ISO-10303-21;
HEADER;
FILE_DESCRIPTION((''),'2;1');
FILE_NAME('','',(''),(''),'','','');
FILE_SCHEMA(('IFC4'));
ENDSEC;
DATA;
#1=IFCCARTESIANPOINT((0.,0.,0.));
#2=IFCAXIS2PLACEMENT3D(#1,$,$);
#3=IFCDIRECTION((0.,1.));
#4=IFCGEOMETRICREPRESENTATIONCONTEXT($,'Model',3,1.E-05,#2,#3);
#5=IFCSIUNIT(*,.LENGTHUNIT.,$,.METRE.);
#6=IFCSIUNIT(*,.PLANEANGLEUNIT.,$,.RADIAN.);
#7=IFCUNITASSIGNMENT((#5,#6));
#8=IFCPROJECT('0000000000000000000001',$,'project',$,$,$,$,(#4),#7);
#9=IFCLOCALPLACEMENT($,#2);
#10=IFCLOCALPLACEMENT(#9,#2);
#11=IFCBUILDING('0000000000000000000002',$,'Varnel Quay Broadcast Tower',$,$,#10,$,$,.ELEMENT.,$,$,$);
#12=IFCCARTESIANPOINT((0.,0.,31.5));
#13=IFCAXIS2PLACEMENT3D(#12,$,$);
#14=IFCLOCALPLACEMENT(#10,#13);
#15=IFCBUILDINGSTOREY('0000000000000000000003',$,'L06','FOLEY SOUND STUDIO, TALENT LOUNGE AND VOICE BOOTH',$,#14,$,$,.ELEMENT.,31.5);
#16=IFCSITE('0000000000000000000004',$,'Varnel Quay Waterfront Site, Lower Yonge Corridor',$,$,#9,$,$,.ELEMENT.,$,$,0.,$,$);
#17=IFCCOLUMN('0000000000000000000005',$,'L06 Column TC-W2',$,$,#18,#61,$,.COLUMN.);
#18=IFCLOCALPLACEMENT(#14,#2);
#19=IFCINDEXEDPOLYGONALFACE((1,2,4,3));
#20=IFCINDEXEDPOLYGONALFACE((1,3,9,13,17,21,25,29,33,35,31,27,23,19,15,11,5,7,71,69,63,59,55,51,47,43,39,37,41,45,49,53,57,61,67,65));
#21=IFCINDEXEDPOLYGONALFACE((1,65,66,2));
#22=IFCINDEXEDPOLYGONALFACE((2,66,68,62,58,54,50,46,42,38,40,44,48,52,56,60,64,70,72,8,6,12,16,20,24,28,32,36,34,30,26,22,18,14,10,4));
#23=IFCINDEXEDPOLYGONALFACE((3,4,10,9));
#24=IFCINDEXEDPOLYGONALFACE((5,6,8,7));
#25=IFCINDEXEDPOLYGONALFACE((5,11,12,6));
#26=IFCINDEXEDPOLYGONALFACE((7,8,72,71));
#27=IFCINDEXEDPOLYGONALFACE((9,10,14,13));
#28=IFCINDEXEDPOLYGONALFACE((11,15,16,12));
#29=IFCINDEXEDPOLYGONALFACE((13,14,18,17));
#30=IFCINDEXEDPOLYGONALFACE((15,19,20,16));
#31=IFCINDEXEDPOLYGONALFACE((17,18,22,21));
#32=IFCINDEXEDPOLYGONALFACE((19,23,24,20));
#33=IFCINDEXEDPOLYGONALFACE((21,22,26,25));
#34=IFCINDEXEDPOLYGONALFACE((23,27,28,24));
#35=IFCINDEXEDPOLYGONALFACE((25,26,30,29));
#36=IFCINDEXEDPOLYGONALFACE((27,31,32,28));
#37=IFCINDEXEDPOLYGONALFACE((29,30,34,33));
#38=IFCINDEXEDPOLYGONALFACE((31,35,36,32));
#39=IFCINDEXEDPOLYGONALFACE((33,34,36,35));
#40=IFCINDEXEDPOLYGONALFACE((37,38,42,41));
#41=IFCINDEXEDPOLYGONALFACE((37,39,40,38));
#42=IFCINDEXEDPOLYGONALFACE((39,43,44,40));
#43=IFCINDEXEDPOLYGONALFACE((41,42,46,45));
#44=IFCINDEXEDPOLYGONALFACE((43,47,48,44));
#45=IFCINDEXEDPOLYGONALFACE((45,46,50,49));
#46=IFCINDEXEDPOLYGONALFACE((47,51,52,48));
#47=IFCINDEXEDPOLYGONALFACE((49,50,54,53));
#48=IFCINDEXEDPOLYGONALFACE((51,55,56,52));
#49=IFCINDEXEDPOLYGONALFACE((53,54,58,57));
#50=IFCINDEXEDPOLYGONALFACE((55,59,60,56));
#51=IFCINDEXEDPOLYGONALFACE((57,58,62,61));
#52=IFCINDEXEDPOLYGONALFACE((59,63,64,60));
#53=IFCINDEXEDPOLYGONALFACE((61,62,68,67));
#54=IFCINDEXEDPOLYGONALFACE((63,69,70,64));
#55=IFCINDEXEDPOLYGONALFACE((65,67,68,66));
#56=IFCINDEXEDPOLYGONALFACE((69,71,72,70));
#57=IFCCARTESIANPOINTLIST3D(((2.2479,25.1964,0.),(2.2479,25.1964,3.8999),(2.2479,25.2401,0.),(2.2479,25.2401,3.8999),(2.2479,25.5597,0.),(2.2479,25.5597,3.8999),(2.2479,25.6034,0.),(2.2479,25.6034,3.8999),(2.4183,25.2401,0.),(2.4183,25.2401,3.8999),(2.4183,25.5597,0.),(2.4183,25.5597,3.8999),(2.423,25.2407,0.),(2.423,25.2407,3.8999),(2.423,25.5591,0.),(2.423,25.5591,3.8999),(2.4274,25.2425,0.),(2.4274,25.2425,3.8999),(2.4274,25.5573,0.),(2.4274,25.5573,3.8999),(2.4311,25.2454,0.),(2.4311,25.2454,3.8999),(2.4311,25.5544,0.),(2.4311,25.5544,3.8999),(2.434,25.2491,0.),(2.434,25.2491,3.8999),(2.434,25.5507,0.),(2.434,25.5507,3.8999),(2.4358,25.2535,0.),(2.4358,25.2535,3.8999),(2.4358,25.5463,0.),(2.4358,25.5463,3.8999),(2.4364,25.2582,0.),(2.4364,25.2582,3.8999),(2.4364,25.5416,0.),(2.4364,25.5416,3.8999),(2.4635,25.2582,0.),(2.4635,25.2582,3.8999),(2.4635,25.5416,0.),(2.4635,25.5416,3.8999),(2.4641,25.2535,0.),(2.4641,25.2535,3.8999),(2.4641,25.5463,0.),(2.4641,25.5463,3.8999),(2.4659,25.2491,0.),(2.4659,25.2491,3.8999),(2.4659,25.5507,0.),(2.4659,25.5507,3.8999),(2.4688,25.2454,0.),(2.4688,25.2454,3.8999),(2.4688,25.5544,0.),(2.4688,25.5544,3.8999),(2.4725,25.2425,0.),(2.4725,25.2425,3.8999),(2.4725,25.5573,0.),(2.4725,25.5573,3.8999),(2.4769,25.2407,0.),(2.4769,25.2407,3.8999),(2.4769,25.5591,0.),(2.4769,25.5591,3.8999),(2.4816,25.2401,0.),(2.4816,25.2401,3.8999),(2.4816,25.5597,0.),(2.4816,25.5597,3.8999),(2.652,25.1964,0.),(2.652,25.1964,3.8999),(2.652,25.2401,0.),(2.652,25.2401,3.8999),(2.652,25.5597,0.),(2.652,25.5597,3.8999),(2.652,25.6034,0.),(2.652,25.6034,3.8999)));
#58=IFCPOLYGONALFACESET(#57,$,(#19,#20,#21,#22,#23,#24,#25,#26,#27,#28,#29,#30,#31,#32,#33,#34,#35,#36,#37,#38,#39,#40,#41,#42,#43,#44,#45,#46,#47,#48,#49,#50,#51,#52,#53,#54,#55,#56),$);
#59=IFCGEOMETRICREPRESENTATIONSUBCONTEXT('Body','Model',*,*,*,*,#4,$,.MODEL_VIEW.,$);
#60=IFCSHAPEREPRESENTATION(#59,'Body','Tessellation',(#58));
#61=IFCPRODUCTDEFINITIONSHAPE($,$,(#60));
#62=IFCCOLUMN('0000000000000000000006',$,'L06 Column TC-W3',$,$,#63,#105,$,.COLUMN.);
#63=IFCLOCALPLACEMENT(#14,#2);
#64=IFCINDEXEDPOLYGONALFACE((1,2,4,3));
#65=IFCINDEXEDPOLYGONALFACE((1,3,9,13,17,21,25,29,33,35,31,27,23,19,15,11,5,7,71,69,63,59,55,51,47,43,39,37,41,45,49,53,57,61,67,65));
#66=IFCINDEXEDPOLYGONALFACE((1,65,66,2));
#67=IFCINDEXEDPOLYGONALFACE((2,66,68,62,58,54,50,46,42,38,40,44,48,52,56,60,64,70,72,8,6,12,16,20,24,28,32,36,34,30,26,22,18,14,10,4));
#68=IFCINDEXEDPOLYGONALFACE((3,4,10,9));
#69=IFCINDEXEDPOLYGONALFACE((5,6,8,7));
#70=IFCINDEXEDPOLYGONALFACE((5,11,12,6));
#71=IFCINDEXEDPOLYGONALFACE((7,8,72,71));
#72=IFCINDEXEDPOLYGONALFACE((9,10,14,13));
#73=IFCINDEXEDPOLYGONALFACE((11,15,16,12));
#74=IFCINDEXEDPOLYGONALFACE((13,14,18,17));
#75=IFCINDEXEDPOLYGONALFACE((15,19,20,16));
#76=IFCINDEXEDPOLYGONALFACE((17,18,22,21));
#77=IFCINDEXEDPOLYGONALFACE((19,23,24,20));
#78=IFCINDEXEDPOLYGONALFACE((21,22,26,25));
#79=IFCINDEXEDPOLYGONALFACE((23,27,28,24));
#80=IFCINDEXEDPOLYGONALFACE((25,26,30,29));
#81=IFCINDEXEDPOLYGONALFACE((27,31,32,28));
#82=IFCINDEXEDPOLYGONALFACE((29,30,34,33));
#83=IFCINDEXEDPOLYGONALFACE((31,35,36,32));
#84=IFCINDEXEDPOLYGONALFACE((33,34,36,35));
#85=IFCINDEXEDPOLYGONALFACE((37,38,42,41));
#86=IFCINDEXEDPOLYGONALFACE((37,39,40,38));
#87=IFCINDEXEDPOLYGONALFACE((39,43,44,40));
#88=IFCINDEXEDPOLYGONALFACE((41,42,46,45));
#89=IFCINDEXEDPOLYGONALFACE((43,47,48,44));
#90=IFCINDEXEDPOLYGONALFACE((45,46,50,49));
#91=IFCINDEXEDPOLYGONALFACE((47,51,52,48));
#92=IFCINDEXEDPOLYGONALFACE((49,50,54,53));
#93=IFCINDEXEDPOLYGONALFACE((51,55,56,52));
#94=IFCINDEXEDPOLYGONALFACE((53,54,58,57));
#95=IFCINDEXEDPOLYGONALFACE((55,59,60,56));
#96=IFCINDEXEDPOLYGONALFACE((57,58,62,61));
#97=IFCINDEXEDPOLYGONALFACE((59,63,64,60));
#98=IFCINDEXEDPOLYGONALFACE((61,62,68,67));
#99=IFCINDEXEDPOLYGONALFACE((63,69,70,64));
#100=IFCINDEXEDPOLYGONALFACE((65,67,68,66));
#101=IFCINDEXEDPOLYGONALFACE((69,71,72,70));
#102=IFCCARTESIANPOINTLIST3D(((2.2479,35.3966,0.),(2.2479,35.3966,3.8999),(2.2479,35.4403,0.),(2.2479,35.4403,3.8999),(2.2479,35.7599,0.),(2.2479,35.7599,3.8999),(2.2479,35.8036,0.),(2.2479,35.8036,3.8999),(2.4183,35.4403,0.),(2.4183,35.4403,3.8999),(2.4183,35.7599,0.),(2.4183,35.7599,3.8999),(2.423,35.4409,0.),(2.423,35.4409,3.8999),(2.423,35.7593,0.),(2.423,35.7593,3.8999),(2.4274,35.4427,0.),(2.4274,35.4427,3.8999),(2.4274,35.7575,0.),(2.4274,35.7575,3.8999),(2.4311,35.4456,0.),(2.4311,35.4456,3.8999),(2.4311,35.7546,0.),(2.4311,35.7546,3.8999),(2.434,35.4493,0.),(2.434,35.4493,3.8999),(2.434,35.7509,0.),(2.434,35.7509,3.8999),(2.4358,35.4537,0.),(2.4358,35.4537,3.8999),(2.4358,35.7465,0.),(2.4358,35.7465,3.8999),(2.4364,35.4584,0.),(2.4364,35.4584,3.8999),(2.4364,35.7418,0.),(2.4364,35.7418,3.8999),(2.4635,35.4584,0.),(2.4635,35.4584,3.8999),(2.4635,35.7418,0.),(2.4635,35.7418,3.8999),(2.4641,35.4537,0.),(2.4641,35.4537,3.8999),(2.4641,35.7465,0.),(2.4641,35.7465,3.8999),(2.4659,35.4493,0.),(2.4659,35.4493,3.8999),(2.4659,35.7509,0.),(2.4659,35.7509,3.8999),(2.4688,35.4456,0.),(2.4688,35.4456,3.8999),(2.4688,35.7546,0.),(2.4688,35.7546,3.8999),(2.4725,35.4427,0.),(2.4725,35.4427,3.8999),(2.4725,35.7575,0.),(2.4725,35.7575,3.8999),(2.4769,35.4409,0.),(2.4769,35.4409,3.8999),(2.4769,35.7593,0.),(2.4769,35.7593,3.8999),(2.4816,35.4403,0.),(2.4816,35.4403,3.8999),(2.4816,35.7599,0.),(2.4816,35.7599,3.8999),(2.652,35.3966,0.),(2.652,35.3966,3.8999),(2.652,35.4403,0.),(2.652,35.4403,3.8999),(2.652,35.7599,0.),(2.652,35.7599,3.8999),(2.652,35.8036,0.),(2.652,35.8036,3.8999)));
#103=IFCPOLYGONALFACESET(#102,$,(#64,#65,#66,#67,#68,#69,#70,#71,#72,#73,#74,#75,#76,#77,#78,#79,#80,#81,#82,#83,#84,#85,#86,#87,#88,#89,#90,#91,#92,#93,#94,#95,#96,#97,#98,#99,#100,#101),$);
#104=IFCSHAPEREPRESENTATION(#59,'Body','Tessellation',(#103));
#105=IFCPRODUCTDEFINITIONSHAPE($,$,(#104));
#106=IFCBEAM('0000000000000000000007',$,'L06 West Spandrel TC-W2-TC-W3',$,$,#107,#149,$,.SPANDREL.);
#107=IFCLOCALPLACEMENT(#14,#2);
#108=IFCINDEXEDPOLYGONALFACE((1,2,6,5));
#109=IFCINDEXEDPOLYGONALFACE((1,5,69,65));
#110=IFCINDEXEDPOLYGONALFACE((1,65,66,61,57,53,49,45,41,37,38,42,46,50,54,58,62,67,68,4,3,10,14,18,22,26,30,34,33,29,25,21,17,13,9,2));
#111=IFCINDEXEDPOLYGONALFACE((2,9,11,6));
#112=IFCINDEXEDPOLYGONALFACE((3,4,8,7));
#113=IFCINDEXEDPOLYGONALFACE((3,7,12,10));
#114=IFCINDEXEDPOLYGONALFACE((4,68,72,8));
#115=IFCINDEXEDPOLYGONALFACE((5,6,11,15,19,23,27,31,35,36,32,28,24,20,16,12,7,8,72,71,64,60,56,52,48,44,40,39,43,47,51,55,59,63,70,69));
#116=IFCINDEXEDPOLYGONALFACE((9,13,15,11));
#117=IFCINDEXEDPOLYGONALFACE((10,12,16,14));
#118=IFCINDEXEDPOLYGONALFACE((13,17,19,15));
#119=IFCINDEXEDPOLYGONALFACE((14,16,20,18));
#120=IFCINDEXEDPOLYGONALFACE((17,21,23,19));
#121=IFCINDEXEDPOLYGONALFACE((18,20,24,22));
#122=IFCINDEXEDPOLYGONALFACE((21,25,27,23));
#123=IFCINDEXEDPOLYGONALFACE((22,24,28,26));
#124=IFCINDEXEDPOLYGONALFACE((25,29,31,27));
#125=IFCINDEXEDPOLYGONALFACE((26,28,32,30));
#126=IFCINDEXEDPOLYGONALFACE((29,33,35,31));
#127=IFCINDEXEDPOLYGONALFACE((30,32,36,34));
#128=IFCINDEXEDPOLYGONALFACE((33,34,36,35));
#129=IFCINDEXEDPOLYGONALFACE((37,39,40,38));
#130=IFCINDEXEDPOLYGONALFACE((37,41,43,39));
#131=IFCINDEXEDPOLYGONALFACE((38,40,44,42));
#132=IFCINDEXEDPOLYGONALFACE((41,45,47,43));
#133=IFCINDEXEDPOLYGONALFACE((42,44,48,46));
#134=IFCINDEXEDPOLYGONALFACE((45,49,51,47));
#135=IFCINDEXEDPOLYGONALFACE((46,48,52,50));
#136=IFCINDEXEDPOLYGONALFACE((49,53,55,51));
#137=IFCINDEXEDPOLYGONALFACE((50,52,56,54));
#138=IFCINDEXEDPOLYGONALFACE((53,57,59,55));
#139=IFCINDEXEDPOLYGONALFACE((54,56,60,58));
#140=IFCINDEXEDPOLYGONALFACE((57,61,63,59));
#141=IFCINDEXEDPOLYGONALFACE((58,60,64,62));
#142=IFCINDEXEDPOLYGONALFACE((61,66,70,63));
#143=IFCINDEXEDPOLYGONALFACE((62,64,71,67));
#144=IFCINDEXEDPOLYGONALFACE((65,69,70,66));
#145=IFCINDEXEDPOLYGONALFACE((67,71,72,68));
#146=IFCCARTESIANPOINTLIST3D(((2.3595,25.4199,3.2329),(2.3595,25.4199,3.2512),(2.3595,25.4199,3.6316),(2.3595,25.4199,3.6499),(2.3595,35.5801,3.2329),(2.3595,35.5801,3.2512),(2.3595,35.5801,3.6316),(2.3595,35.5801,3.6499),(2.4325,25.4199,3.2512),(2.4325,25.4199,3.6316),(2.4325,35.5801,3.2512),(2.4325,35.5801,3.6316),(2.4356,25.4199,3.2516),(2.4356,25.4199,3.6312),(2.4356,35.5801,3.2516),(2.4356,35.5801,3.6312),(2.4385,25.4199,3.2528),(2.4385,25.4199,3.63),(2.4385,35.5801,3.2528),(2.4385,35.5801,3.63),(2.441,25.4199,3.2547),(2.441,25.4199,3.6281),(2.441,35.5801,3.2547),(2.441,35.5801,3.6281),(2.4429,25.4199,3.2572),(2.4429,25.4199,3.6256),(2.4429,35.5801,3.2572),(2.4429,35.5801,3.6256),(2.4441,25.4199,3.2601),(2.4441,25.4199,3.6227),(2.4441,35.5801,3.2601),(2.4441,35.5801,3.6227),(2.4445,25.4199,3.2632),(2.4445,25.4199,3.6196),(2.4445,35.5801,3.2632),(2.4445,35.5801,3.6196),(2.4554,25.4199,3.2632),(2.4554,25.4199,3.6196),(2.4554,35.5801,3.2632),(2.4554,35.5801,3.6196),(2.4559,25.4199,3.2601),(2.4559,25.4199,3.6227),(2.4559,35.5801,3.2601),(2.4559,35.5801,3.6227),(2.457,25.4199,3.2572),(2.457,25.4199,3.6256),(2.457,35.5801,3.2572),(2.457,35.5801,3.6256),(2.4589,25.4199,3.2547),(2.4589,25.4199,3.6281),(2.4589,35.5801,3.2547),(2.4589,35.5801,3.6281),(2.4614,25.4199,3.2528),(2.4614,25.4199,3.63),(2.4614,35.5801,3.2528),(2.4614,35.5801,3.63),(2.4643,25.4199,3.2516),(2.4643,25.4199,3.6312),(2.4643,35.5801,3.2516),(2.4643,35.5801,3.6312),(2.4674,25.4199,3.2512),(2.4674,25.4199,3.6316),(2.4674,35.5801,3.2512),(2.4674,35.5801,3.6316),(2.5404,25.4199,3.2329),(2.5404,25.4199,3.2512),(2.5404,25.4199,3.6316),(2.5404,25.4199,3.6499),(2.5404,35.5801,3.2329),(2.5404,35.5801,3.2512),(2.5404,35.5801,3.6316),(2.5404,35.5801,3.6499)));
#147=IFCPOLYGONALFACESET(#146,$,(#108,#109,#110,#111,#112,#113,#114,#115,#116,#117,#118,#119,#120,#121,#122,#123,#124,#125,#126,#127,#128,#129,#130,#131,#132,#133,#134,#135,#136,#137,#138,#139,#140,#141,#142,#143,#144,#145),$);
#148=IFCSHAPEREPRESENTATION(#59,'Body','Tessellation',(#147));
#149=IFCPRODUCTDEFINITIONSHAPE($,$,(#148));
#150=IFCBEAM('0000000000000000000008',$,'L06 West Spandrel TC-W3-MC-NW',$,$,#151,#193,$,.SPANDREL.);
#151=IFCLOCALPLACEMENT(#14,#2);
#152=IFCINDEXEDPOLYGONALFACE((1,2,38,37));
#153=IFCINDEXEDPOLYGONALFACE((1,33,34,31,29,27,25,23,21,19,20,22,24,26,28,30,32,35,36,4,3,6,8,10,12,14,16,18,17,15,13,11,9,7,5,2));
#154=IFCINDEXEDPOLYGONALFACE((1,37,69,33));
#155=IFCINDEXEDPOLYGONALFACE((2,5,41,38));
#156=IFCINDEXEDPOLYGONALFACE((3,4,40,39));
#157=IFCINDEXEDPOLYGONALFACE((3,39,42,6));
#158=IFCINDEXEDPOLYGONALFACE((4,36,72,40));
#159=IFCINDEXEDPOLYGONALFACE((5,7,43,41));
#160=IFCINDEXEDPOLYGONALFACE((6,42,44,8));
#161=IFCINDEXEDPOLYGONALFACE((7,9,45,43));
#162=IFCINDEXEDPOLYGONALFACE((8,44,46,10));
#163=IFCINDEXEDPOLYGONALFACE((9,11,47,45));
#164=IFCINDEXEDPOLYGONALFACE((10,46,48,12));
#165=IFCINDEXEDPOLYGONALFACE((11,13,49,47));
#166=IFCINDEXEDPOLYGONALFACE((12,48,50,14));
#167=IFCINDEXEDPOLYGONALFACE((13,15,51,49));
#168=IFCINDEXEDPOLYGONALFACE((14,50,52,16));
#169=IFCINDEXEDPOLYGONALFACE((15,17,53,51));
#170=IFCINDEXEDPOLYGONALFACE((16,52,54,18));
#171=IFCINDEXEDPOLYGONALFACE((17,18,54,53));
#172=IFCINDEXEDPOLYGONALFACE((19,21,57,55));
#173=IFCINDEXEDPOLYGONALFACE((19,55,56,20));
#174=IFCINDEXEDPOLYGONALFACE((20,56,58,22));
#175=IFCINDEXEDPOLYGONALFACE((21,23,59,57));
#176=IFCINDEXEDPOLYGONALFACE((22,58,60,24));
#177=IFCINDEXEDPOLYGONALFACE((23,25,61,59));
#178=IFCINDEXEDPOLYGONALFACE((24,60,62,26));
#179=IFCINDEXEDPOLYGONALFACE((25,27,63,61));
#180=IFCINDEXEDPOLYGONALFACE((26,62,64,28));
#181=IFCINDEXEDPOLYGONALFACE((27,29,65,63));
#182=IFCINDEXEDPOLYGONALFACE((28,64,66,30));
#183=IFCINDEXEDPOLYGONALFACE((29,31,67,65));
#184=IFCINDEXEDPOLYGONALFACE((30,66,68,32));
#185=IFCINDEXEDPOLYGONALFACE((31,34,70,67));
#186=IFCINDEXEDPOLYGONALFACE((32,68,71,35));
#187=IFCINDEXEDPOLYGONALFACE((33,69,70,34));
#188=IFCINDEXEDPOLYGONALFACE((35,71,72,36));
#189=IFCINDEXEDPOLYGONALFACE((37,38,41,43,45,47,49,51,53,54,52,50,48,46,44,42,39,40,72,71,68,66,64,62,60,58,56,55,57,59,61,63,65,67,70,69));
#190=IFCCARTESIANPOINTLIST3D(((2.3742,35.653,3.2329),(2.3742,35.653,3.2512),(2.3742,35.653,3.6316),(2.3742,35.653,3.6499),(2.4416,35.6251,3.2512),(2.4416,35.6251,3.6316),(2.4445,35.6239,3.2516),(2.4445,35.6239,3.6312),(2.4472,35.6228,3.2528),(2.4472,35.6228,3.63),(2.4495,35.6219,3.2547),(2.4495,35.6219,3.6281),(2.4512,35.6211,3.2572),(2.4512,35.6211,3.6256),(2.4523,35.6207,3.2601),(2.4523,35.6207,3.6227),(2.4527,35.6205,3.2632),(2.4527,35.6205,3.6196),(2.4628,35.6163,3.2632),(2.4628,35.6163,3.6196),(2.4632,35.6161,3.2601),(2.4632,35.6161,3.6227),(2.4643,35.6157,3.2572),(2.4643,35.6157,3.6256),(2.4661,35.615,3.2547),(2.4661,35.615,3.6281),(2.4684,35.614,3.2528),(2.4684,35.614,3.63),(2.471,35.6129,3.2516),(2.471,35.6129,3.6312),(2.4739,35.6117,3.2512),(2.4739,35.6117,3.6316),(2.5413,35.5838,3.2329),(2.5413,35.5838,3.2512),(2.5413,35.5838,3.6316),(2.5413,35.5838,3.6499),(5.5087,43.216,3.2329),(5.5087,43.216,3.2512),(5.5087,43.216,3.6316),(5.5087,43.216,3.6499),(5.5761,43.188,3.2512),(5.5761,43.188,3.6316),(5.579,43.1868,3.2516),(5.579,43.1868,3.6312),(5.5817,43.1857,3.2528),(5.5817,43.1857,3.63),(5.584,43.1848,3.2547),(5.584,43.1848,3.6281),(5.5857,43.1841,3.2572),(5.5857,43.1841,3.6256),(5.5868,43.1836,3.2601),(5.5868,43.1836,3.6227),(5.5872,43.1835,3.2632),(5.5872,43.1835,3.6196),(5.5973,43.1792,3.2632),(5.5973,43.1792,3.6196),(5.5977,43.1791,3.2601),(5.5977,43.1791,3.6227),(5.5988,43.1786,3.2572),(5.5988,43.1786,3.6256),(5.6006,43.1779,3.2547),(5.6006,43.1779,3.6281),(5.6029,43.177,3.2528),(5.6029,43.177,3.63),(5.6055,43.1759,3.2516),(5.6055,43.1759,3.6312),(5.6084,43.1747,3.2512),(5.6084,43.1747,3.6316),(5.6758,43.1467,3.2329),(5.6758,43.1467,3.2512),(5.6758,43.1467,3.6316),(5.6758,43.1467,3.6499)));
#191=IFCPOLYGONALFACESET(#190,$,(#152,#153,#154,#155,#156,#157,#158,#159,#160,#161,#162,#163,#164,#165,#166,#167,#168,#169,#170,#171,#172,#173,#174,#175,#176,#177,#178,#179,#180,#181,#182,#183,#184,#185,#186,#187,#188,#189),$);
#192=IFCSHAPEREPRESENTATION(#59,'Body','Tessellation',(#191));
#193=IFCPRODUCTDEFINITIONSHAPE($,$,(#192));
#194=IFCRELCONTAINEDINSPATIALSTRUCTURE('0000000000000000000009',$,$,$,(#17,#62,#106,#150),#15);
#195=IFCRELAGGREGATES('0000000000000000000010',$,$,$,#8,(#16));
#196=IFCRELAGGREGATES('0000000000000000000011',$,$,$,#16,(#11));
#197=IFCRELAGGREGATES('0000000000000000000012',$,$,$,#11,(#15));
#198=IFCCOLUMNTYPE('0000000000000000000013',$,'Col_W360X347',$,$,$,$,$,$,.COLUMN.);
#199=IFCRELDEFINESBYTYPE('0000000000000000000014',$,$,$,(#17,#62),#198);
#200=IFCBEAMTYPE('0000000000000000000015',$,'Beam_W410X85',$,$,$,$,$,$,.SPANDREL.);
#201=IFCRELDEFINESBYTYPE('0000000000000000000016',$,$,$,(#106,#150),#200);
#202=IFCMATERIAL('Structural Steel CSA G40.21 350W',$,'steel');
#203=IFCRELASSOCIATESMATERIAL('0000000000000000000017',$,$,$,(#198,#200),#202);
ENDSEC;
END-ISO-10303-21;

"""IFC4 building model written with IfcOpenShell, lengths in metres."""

from ifc_helpers import new_model, si_unit, direction, frame, origin, origin_2d, place, context, subcontext, project, spatial, i_section, extrude, source, transform, mapped, material, material_profile, profile_set, type_object, type_shapes, element, save


model = new_model("IFC4")

# Units and contexts
model_context = context("Model", 3, precision=1e-05, world=origin(), true_north=direction((0.0, 1.0)))
body_context = subcontext(model_context, "Body", "Model", "MODEL_VIEW")
ifc_project = project(units=[si_unit("LENGTHUNIT", "METRE"), si_unit("PLANEANGLEUNIT", "RADIAN")], contexts=[model_context])

# Site, building, storey
site_placement = place(None, origin())
site = spatial("IfcSite", under=ifc_project, at=site_placement, Name="Varnel Quay Waterfront Site, Lower Yonge Corridor", CompositionType="ELEMENT", RefElevation=0.0)
building_placement = place(site_placement, origin())
building = spatial("IfcBuilding", under=site, at=building_placement, Name="Varnel Quay Broadcast Tower", CompositionType="ELEMENT")
storey_placement = place(building_placement, frame((0.0, 0.0, 31.5)))
storey = spatial("IfcBuildingStorey", under=building, at=storey_placement, Name="L06", Description="FOLEY SOUND STUDIO, TALENT LOUNGE AND VOICE BOOTH", CompositionType="ELEMENT", Elevation=31.5)

# Columns
ifc_material_1 = material(Name="Structural Steel CSA G40.21 350W", Category="steel")
ifc_material_profile_1 = material_profile(ifc_material_1, i_section(OverallWidth=0.4041, OverallDepth=0.407, WebThickness=0.0271, FlangeThickness=0.0437, FilletRadius=0.0181, at=origin_2d()), Name="W360X347")
ifc_profile_set_1 = profile_set([ifc_material_profile_1], Name="Structural Steel CSA G40.21 350W")
column_type = type_object("IfcColumnType", Name="Col_W360X347", PredefinedType="COLUMN", material=ifc_profile_set_1)
shared_shape_1 = source(origin(), body_context, "Body", "SweptSolid", [
    extrude(i_section(OverallWidth=0.4041, OverallDepth=0.407, WebThickness=0.0271, FlangeThickness=0.0437, FilletRadius=0.0181, at=origin_2d()), origin(), (0.0, 0.0, 1.0), 3.8999),
])
type_shapes(column_type, [shared_shape_1])
for number, where, z_axis, x_axis, name in (
    (1, (2.45, 25.3999, 0.0), (0.0, 0.0, 1.0), (1.0, 0.0, 0.0), "L06 Column TC-W2"),
    (2, (2.45, 35.6001, 0.0), (0.0, 0.0, 1.0), (1.0, 0.0, 0.0), "L06 Column TC-W3"),
):
    element("IfcColumn", number, at=place(storey_placement, frame(where, z_axis=z_axis, x_axis=x_axis)), inside=storey, type_object=column_type, Name=name, PredefinedType="COLUMN", context=body_context, shape_type="MappedRepresentation", body=[
        mapped(shared_shape_1, transform((0.0, 0.0, 0.0), x_axis=(1.0, 0.0, 0.0), y_axis=(0.0, 1.0, 0.0), z_axis=(0.0, 0.0, 1.0), scale=1.0)),
    ])

# Beams
ifc_material_profile_2 = material_profile(ifc_material_1, i_section(OverallWidth=0.1809, OverallDepth=0.417, WebThickness=0.011, FlangeThickness=0.0183, FilletRadius=0.012, at=origin_2d()), Name="W410X85")
ifc_profile_set_2 = profile_set([ifc_material_profile_2], Name="Structural Steel CSA G40.21 350W")
beam_type_1 = type_object("IfcBeamType", Name="Beam_W410X85", PredefinedType="SPANDREL", material=ifc_profile_set_2)
shared_shape_2 = source(origin(), body_context, "Body", "SweptSolid", [
    extrude(i_section(OverallWidth=0.1809, OverallDepth=0.417, WebThickness=0.011, FlangeThickness=0.0183, FilletRadius=0.012, at=origin_2d()), origin(), (0.0, 0.0, 1.0), 10.1602),
])
beam_1_placement = place(storey_placement, frame((2.45, 25.4199, 3.4414), z_axis=(0.0, 1.0, 0.0), x_axis=(-1.0, 0.0, 0.0)))
element("IfcBeam", 3, at=beam_1_placement, inside=storey, type_object=beam_type_1, Name="L06 West Spandrel TC-W2-TC-W3", PredefinedType="SPANDREL", context=body_context, shape_type="MappedRepresentation", body=[
    mapped(shared_shape_2, transform((0.0, 0.0, 0.0), x_axis=(1.0, 0.0, 0.0), y_axis=(0.0, 1.0, 0.0), z_axis=(0.0, 0.0, 1.0), scale=1.0)),
])
shared_shape_3 = source(origin(), body_context, "Body", "SweptSolid", [
    extrude(i_section(OverallWidth=0.1809, OverallDepth=0.417, WebThickness=0.011, FlangeThickness=0.0183, FilletRadius=0.012, at=origin_2d()), origin(), (0.0, 0.0, 1.0), 8.1868),
])
type_shapes(beam_type_1, [shared_shape_2, shared_shape_3])
beam_2_placement = place(storey_placement, frame((2.4578, 35.6184, 3.4414), z_axis=(0.382874, 0.923801, 0.0), x_axis=(-0.923801, 0.382874, 0.0)))
element("IfcBeam", 4, at=beam_2_placement, inside=storey, type_object=beam_type_1, Name="L06 West Spandrel TC-W3-MC-NW", PredefinedType="SPANDREL", context=body_context, shape_type="MappedRepresentation", body=[
    mapped(shared_shape_3, transform((0.0, 0.0, 0.0), x_axis=(1.0, 0.0, 0.0), y_axis=(0.0, 1.0, 0.0), z_axis=(0.0, 0.0, 1.0), scale=1.0)),
])

save(model, "model.ifc")
